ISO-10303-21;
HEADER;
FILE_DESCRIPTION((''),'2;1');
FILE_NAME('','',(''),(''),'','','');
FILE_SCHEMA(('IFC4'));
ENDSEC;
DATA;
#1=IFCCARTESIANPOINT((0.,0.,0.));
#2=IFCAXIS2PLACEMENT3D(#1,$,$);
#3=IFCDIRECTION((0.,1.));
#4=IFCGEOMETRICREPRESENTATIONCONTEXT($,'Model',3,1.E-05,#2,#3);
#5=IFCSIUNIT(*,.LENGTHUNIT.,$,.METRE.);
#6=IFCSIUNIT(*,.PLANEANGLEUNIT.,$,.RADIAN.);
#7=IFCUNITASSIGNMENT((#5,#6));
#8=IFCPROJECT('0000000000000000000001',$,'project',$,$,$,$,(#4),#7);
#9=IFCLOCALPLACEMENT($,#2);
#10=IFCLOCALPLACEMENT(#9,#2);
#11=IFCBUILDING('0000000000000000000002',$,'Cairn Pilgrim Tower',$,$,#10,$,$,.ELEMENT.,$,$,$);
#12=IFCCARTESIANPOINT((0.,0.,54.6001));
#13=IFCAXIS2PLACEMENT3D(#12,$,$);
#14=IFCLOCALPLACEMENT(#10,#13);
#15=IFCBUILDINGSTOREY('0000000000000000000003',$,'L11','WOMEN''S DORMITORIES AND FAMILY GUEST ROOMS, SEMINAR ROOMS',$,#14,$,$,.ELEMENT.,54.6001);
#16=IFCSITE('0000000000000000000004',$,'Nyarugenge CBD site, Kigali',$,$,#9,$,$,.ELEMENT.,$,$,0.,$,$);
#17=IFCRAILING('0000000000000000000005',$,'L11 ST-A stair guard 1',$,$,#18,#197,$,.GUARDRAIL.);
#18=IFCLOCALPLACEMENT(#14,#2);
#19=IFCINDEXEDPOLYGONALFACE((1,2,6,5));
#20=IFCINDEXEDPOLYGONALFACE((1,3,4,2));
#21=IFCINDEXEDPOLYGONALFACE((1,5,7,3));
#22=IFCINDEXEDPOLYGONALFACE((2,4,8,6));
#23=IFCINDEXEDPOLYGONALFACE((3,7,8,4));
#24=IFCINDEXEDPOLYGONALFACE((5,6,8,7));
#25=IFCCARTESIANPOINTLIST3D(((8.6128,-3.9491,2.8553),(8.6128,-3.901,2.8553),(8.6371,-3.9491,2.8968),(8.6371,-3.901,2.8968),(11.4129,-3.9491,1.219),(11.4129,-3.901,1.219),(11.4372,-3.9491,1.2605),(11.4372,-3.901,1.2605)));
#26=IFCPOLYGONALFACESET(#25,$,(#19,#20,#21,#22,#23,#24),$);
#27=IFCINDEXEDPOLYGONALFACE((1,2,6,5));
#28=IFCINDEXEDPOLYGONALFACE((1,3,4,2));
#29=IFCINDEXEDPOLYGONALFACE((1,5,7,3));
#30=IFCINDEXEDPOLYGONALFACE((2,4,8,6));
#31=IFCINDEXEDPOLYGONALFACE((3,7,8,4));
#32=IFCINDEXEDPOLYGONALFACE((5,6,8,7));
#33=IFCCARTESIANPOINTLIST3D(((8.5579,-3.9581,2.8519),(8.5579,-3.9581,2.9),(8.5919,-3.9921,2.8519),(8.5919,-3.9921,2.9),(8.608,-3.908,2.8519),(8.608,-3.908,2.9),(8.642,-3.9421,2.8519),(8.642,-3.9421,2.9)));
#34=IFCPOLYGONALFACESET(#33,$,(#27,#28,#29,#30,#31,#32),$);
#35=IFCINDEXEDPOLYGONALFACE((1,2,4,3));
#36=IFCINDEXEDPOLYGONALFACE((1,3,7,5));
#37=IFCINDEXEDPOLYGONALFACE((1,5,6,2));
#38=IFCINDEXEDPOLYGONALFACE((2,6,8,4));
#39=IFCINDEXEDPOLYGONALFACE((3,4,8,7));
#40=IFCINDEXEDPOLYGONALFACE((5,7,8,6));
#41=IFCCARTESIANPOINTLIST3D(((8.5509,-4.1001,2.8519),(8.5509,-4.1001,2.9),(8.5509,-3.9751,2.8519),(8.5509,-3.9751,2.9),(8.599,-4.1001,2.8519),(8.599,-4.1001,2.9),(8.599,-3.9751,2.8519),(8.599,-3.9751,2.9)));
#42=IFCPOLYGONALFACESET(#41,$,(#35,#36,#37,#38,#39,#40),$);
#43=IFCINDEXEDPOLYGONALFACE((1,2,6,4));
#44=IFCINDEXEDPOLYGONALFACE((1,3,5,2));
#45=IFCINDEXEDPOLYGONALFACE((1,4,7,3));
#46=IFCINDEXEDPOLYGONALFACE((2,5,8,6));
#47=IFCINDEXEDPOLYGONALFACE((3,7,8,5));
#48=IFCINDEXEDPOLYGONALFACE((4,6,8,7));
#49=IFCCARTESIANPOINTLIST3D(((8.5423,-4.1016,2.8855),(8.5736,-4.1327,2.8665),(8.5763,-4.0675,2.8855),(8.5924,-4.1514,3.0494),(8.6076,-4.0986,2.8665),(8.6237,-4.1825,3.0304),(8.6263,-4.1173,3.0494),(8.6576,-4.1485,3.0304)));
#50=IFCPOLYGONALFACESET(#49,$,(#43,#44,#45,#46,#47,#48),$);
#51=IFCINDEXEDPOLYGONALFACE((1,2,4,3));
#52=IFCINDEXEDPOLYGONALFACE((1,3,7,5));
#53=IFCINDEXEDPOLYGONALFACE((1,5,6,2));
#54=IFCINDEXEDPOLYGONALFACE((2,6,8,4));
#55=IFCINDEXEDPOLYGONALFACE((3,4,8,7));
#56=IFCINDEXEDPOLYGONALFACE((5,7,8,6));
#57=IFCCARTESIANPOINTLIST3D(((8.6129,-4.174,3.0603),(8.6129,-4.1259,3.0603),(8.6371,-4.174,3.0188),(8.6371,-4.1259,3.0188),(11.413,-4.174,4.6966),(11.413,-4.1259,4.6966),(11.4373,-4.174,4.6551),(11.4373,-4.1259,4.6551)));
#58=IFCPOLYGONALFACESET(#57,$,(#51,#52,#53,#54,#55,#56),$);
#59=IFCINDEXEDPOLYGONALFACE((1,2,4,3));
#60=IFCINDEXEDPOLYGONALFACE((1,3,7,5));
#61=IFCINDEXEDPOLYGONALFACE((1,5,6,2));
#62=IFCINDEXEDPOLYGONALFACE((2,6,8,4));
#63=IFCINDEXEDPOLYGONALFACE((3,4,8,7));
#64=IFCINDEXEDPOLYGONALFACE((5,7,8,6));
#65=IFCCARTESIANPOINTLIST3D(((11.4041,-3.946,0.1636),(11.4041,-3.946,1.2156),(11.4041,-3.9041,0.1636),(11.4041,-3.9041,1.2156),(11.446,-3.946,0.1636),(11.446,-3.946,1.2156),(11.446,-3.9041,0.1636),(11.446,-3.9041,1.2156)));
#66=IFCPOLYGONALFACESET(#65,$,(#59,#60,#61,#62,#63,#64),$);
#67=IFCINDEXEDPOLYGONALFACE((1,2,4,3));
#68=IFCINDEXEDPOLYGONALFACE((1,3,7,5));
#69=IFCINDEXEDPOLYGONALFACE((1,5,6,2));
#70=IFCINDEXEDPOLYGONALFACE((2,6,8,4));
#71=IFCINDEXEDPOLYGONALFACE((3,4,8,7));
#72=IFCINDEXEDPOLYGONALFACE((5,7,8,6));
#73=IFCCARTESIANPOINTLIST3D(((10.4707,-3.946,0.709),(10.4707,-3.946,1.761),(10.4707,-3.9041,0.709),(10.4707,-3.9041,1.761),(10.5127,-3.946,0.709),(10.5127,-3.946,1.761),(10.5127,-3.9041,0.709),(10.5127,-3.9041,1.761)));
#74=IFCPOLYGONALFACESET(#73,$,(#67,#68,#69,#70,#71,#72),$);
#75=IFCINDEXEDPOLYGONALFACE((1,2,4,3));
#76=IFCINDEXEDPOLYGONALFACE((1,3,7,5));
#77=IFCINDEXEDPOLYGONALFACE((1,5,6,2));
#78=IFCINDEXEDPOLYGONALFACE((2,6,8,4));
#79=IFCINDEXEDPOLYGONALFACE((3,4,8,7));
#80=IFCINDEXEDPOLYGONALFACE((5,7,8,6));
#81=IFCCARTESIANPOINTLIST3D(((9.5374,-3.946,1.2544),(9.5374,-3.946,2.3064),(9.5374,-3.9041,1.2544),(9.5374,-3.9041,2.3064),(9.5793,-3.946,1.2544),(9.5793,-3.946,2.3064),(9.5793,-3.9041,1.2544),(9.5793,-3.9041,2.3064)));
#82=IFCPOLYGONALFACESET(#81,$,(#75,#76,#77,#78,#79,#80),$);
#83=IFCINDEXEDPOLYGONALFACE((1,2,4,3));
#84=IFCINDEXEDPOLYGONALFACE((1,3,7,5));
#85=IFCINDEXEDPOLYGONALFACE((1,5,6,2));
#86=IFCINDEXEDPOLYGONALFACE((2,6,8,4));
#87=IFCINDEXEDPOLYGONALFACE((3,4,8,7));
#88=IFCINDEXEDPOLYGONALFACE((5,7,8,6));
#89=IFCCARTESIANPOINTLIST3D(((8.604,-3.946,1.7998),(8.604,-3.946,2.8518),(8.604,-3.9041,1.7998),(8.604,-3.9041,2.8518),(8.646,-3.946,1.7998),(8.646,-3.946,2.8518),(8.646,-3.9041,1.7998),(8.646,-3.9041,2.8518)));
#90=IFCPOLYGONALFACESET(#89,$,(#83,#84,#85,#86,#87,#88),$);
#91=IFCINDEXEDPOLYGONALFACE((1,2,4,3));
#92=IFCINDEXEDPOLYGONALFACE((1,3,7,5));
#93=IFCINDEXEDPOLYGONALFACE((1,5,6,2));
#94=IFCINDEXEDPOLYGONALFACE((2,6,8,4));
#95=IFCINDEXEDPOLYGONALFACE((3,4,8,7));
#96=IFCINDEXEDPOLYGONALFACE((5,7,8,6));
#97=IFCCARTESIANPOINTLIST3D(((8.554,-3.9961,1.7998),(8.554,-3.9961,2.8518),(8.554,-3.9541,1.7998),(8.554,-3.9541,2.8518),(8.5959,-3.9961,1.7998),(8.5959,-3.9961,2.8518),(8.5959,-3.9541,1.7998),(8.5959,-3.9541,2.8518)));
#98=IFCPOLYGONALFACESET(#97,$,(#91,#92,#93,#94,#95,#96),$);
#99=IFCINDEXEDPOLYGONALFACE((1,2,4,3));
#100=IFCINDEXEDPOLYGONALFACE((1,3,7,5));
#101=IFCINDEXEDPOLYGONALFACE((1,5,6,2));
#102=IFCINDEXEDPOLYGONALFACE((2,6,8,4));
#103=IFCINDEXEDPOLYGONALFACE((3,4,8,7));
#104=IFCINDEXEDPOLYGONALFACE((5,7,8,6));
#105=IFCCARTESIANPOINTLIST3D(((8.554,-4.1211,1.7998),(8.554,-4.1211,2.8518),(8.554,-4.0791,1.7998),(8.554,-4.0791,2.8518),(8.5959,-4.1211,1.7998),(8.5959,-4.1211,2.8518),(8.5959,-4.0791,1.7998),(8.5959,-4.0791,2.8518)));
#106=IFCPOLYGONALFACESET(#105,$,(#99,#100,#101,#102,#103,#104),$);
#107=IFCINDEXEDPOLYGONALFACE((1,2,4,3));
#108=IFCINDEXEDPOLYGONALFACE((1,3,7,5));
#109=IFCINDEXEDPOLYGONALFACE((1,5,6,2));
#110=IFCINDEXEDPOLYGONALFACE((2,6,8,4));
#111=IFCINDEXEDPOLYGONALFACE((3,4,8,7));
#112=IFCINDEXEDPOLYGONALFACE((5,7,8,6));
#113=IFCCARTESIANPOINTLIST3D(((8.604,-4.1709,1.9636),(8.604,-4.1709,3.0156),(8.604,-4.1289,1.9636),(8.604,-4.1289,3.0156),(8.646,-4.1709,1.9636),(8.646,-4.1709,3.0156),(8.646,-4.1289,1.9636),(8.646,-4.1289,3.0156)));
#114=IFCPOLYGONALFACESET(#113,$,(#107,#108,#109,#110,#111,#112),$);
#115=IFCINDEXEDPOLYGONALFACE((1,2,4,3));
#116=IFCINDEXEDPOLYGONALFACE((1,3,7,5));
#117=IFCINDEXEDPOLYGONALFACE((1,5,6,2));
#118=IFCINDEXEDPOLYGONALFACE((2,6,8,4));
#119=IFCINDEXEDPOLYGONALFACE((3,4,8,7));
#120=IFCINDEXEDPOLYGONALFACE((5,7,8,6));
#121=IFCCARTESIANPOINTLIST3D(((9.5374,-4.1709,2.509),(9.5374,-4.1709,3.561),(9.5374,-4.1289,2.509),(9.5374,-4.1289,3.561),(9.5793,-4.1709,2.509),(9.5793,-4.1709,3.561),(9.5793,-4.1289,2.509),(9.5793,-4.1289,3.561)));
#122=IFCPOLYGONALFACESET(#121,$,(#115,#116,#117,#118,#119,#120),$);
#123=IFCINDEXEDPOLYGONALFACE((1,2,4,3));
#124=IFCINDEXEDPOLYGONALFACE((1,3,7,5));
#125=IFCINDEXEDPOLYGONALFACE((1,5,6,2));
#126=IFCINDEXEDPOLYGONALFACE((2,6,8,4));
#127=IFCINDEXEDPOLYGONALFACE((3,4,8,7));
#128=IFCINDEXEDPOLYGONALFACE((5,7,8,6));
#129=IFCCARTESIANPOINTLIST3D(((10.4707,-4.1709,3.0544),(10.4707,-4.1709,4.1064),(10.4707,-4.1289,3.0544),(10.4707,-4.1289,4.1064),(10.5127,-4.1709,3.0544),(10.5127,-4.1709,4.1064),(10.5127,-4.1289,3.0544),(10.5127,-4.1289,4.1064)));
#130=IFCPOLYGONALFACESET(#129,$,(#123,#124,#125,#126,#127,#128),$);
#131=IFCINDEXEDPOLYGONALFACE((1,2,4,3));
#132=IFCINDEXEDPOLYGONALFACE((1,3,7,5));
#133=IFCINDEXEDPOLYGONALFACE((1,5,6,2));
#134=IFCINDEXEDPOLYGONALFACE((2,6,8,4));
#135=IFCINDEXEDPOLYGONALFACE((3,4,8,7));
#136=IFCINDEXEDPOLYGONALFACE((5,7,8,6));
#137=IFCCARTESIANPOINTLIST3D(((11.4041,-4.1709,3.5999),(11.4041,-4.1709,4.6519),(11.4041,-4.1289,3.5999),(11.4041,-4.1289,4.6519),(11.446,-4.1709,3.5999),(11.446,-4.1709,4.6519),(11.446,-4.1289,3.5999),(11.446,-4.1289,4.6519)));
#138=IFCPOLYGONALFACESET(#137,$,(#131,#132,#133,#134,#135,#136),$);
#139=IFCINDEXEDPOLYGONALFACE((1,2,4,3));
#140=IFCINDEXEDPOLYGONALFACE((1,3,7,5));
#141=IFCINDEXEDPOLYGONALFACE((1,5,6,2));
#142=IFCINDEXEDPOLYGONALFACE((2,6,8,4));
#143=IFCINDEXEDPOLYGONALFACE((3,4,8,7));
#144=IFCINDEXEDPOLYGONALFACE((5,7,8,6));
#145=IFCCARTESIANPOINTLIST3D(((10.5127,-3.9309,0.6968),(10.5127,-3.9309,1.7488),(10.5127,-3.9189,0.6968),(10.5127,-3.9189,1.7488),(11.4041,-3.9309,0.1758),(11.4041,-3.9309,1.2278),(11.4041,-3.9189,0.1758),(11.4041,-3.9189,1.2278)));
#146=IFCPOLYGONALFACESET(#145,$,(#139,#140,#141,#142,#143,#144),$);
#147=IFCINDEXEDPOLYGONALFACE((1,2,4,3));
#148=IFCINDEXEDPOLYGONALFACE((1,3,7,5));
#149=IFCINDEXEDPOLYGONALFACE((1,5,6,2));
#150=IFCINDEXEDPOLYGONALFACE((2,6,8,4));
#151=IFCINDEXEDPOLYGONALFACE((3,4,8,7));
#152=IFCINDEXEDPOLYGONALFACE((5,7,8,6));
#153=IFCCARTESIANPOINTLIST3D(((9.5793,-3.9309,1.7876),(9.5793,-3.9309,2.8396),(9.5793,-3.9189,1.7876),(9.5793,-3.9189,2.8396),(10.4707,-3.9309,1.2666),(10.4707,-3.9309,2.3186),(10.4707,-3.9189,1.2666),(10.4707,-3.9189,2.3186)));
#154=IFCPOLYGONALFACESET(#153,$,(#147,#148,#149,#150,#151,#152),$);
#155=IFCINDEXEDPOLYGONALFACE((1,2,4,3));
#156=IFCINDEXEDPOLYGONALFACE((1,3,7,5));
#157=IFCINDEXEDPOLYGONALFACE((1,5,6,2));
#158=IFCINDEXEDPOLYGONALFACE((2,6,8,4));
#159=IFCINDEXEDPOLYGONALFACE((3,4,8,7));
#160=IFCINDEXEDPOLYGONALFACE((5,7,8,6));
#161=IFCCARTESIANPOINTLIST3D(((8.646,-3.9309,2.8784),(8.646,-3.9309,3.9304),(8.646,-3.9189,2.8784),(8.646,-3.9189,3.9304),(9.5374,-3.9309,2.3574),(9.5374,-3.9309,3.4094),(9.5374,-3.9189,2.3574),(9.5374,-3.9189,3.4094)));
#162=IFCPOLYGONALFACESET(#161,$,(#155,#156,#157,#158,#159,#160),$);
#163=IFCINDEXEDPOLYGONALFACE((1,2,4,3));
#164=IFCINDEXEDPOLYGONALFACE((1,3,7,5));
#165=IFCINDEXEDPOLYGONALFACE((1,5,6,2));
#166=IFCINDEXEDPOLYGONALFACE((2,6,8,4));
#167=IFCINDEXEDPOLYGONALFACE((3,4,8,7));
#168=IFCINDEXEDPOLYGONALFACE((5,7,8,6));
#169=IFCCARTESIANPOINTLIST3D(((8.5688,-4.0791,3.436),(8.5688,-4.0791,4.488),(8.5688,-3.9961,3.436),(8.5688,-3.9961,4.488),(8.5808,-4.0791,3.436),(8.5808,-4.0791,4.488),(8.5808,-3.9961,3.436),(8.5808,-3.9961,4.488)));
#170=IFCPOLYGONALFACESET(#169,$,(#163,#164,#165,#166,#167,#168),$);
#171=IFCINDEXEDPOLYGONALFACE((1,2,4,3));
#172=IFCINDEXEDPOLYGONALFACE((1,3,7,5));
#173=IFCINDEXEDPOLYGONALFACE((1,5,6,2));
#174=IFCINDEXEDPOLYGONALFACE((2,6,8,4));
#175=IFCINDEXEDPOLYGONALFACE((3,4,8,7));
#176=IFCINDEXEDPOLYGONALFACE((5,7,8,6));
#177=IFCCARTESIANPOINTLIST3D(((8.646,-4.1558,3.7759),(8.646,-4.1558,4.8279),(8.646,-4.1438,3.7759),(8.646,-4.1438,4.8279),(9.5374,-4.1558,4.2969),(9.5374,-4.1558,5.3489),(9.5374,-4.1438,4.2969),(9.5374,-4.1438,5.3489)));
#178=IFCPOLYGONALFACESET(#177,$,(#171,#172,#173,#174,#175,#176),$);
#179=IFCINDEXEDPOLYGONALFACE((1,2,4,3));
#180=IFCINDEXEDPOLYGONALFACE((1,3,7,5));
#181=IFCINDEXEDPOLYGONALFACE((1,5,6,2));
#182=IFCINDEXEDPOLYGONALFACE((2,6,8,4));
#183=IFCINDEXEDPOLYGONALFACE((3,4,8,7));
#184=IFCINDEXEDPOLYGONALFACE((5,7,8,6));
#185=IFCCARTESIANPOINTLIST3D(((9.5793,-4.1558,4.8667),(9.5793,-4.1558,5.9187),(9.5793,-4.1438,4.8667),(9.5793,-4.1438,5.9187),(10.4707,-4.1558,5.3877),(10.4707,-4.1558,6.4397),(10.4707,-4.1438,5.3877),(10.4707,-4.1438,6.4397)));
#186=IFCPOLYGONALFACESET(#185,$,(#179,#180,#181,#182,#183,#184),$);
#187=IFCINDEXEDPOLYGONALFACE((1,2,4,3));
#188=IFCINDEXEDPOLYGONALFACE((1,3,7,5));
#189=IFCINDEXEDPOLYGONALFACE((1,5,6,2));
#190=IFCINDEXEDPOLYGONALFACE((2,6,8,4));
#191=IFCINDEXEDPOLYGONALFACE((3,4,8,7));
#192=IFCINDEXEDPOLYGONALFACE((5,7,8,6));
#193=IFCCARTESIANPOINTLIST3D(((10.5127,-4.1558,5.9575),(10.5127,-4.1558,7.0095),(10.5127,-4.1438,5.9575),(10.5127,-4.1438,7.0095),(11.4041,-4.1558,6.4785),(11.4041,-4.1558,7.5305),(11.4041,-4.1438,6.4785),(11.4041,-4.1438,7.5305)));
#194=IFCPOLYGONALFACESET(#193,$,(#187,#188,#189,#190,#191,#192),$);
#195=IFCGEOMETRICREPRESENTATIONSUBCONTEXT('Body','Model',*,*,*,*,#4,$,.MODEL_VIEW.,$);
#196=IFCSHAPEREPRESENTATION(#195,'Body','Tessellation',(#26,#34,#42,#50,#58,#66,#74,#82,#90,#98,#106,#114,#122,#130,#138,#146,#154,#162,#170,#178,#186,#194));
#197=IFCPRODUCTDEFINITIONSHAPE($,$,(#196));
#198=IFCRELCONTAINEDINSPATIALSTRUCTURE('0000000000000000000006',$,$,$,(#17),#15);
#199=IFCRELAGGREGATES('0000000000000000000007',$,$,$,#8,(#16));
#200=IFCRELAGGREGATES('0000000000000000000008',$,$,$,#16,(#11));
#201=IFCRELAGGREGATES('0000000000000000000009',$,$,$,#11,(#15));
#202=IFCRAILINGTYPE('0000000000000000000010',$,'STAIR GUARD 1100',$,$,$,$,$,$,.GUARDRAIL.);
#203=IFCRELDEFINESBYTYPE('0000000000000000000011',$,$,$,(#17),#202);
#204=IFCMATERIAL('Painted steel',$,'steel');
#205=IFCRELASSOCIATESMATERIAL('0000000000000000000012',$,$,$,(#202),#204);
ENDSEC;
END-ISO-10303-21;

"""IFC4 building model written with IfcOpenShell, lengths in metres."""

from ifc_helpers import new_model, si_unit, direction, frame, origin, origin_2d, place, context, subcontext, project, spatial, polyline, rectangle, outline, extrude, material, type_object, element, save


model = new_model("IFC4")

# Units and contexts
model_context = context("Model", 3, precision=1e-05, world=origin(), true_north=direction((0.0, 1.0)))
body_context = subcontext(model_context, "Body", "Model", "MODEL_VIEW")
ifc_project = project(units=[si_unit("LENGTHUNIT", "METRE"), si_unit("PLANEANGLEUNIT", "RADIAN")], contexts=[model_context])

# Site, building, storey
site_placement = place(None, origin())
site = spatial("IfcSite", under=ifc_project, at=site_placement, Name="Nyarugenge CBD site, Kigali", CompositionType="ELEMENT", RefElevation=0.0)
building_placement = place(site_placement, origin())
building = spatial("IfcBuilding", under=site, at=building_placement, Name="Cairn Pilgrim Tower", CompositionType="ELEMENT")
storey_placement = place(building_placement, frame((0.0, 0.0, 54.6001)))
storey = spatial("IfcBuildingStorey", under=building, at=storey_placement, Name="L11", Description="WOMEN'S DORMITORIES AND FAMILY GUEST ROOMS, SEMINAR ROOMS", CompositionType="ELEMENT", Elevation=54.6001)

# Shared definitions
ifc_material_1 = material(Name="Painted steel", Category="steel")

# Railing
railing_type_1 = type_object("IfcRailingType", Name="STAIR GUARD 1100", PredefinedType="GUARDRAIL", material=ifc_material_1)
railing_1_placement = place(storey_placement, frame((11.425, -3.925, 0.1636)))
element("IfcRailing", 1, at=railing_1_placement, inside=storey, type_object=railing_type_1, Name="L11 ST-A stair guard 1", PredefinedType="GUARDRAIL", context=body_context, shape_type="SweptSolid", body=[
    extrude(rectangle(XDim=0.0481, YDim=0.0481, at=origin_2d()), frame((0.0, 0.0, 1.0762), z_axis=(-0.863394, 0.0, 0.504531), x_axis=(0.0, -1.0, 0.0)), (0.0, 0.0, 1.0), 3.2432),
    extrude(rectangle(XDim=0.0481, YDim=0.0481, at=origin_2d()), frame((-2.8, 0.0, 2.7124), z_axis=(-0.707107, -0.707107, 0.0), x_axis=(0.707107, -0.707107, 0.0)), (0.0, 0.0, 1.0), 0.0708),
    extrude(rectangle(XDim=0.0481, YDim=0.0481, at=origin_2d()), frame((-2.8501, -0.05, 2.7124), z_axis=(0.0, -1.0, 0.0), x_axis=(1.0, 0.0, 0.0)), (0.0, 0.0, 1.0), 0.125),
    extrude(rectangle(XDim=0.0481, YDim=0.0481, at=origin_2d()), frame((-2.8501, -0.175, 2.7124), z_axis=(0.280564, -0.279195, 0.918332), x_axis=(0.705376, 0.708834, 0.0)), (0.0, 0.0, 1.0), 0.1785),
    extrude(rectangle(XDim=0.0481, YDim=0.0481, at=origin_2d()), frame((-2.8, -0.2249, 2.876), z_axis=(0.863394, 0.0, 0.504531), x_axis=(0.0, 1.0, 0.0)), (0.0, 0.0, 1.0), 3.2432),
    extrude(rectangle(XDim=0.042, YDim=0.042, at=origin_2d()), origin(), (0.0, 0.0, 1.0), 1.052),
    extrude(rectangle(XDim=0.042, YDim=0.042, at=origin_2d()), frame((-0.9333, 0.0, 0.5454)), (0.0, 0.0, 1.0), 1.052),
    extrude(rectangle(XDim=0.042, YDim=0.042, at=origin_2d()), frame((-1.8667, 0.0, 1.0908)), (0.0, 0.0, 1.0), 1.052),
    extrude(rectangle(XDim=0.042, YDim=0.042, at=origin_2d()), frame((-2.8, 0.0, 1.6362)), (0.0, 0.0, 1.0), 1.052),
    extrude(rectangle(XDim=0.042, YDim=0.042, at=origin_2d()), frame((-2.8501, -0.05, 1.6362)), (0.0, 0.0, 1.0), 1.052),
    extrude(rectangle(XDim=0.042, YDim=0.042, at=origin_2d()), frame((-2.8501, -0.175, 1.6362)), (0.0, 0.0, 1.0), 1.052),
    extrude(rectangle(XDim=0.042, YDim=0.042, at=origin_2d()), frame((-2.8, -0.2249, 1.8)), (0.0, 0.0, 1.0), 1.052),
    extrude(rectangle(XDim=0.042, YDim=0.042, at=origin_2d()), frame((-1.8667, -0.2249, 2.3455)), (0.0, 0.0, 1.0), 1.052),
    extrude(rectangle(XDim=0.042, YDim=0.042, at=origin_2d()), frame((-0.9333, -0.2249, 2.8909)), (0.0, 0.0, 1.0), 1.052),
    extrude(rectangle(XDim=0.042, YDim=0.042, at=origin_2d()), frame((0.0, -0.2249, 3.4363)), (0.0, 0.0, 1.0), 1.052),
    extrude(outline(polyline([(0.021, 0.0122), (0.9124, 0.5332), (0.9124, 1.5852), (0.021, 1.0642), (0.021, 0.0122)])), frame((0.0, -0.0059, 0.0), z_axis=(0.0, 1.0, 0.0), x_axis=(-1.0, 0.0, 0.0)), (0.0, 0.0, 1.0), 0.012),
    extrude(outline(polyline([(0.021, 0.5576), (0.9124, 1.0786), (0.9124, 2.1306), (0.021, 1.6096), (0.021, 0.5576)])), frame((-0.9333, -0.0059, 0.5454), z_axis=(0.0, 1.0, 0.0), x_axis=(-1.0, 0.0, 0.0)), (0.0, 0.0, 1.0), 0.012),
    extrude(outline(polyline([(0.021, 1.103), (0.9124, 1.624), (0.9124, 2.676), (0.021, 2.155), (0.021, 1.103)])), frame((-1.8667, -0.0059, 1.0908), z_axis=(0.0, 1.0, 0.0), x_axis=(-1.0, 0.0, 0.0)), (0.0, 0.0, 1.0), 0.012),
    extrude(outline(polyline([(0.021, 1.6362), (0.104, 1.6362), (0.104, 2.6882), (0.021, 2.6882), (0.021, 1.6362)])), frame((-2.8442, -0.05, 1.6362), z_axis=(-1.0, 0.0, 0.0), x_axis=(0.0, -1.0, 0.0)), (0.0, 0.0, 1.0), 0.012),
    extrude(outline(polyline([(0.021, 1.8123), (0.9124, 2.3333), (0.9124, 3.3853), (0.021, 2.8643), (0.021, 1.8123)])), frame((-2.8, -0.2188, 1.8), z_axis=(0.0, -1.0, 0.0), x_axis=(1.0, 0.0, 0.0)), (0.0, 0.0, 1.0), 0.012),
    extrude(outline(polyline([(0.021, 2.3577), (0.9124, 2.8787), (0.9124, 3.9307), (0.021, 3.4097), (0.021, 2.3577)])), frame((-1.8667, -0.2188, 2.3455), z_axis=(0.0, -1.0, 0.0), x_axis=(1.0, 0.0, 0.0)), (0.0, 0.0, 1.0), 0.012),
    extrude(outline(polyline([(0.021, 2.9031), (0.9124, 3.4241), (0.9124, 4.4761), (0.021, 3.9551), (0.021, 2.9031)])), frame((-0.9333, -0.2188, 2.8909), z_axis=(0.0, -1.0, 0.0), x_axis=(1.0, 0.0, 0.0)), (0.0, 0.0, 1.0), 0.012),
])

save(model, "model.ifc")
